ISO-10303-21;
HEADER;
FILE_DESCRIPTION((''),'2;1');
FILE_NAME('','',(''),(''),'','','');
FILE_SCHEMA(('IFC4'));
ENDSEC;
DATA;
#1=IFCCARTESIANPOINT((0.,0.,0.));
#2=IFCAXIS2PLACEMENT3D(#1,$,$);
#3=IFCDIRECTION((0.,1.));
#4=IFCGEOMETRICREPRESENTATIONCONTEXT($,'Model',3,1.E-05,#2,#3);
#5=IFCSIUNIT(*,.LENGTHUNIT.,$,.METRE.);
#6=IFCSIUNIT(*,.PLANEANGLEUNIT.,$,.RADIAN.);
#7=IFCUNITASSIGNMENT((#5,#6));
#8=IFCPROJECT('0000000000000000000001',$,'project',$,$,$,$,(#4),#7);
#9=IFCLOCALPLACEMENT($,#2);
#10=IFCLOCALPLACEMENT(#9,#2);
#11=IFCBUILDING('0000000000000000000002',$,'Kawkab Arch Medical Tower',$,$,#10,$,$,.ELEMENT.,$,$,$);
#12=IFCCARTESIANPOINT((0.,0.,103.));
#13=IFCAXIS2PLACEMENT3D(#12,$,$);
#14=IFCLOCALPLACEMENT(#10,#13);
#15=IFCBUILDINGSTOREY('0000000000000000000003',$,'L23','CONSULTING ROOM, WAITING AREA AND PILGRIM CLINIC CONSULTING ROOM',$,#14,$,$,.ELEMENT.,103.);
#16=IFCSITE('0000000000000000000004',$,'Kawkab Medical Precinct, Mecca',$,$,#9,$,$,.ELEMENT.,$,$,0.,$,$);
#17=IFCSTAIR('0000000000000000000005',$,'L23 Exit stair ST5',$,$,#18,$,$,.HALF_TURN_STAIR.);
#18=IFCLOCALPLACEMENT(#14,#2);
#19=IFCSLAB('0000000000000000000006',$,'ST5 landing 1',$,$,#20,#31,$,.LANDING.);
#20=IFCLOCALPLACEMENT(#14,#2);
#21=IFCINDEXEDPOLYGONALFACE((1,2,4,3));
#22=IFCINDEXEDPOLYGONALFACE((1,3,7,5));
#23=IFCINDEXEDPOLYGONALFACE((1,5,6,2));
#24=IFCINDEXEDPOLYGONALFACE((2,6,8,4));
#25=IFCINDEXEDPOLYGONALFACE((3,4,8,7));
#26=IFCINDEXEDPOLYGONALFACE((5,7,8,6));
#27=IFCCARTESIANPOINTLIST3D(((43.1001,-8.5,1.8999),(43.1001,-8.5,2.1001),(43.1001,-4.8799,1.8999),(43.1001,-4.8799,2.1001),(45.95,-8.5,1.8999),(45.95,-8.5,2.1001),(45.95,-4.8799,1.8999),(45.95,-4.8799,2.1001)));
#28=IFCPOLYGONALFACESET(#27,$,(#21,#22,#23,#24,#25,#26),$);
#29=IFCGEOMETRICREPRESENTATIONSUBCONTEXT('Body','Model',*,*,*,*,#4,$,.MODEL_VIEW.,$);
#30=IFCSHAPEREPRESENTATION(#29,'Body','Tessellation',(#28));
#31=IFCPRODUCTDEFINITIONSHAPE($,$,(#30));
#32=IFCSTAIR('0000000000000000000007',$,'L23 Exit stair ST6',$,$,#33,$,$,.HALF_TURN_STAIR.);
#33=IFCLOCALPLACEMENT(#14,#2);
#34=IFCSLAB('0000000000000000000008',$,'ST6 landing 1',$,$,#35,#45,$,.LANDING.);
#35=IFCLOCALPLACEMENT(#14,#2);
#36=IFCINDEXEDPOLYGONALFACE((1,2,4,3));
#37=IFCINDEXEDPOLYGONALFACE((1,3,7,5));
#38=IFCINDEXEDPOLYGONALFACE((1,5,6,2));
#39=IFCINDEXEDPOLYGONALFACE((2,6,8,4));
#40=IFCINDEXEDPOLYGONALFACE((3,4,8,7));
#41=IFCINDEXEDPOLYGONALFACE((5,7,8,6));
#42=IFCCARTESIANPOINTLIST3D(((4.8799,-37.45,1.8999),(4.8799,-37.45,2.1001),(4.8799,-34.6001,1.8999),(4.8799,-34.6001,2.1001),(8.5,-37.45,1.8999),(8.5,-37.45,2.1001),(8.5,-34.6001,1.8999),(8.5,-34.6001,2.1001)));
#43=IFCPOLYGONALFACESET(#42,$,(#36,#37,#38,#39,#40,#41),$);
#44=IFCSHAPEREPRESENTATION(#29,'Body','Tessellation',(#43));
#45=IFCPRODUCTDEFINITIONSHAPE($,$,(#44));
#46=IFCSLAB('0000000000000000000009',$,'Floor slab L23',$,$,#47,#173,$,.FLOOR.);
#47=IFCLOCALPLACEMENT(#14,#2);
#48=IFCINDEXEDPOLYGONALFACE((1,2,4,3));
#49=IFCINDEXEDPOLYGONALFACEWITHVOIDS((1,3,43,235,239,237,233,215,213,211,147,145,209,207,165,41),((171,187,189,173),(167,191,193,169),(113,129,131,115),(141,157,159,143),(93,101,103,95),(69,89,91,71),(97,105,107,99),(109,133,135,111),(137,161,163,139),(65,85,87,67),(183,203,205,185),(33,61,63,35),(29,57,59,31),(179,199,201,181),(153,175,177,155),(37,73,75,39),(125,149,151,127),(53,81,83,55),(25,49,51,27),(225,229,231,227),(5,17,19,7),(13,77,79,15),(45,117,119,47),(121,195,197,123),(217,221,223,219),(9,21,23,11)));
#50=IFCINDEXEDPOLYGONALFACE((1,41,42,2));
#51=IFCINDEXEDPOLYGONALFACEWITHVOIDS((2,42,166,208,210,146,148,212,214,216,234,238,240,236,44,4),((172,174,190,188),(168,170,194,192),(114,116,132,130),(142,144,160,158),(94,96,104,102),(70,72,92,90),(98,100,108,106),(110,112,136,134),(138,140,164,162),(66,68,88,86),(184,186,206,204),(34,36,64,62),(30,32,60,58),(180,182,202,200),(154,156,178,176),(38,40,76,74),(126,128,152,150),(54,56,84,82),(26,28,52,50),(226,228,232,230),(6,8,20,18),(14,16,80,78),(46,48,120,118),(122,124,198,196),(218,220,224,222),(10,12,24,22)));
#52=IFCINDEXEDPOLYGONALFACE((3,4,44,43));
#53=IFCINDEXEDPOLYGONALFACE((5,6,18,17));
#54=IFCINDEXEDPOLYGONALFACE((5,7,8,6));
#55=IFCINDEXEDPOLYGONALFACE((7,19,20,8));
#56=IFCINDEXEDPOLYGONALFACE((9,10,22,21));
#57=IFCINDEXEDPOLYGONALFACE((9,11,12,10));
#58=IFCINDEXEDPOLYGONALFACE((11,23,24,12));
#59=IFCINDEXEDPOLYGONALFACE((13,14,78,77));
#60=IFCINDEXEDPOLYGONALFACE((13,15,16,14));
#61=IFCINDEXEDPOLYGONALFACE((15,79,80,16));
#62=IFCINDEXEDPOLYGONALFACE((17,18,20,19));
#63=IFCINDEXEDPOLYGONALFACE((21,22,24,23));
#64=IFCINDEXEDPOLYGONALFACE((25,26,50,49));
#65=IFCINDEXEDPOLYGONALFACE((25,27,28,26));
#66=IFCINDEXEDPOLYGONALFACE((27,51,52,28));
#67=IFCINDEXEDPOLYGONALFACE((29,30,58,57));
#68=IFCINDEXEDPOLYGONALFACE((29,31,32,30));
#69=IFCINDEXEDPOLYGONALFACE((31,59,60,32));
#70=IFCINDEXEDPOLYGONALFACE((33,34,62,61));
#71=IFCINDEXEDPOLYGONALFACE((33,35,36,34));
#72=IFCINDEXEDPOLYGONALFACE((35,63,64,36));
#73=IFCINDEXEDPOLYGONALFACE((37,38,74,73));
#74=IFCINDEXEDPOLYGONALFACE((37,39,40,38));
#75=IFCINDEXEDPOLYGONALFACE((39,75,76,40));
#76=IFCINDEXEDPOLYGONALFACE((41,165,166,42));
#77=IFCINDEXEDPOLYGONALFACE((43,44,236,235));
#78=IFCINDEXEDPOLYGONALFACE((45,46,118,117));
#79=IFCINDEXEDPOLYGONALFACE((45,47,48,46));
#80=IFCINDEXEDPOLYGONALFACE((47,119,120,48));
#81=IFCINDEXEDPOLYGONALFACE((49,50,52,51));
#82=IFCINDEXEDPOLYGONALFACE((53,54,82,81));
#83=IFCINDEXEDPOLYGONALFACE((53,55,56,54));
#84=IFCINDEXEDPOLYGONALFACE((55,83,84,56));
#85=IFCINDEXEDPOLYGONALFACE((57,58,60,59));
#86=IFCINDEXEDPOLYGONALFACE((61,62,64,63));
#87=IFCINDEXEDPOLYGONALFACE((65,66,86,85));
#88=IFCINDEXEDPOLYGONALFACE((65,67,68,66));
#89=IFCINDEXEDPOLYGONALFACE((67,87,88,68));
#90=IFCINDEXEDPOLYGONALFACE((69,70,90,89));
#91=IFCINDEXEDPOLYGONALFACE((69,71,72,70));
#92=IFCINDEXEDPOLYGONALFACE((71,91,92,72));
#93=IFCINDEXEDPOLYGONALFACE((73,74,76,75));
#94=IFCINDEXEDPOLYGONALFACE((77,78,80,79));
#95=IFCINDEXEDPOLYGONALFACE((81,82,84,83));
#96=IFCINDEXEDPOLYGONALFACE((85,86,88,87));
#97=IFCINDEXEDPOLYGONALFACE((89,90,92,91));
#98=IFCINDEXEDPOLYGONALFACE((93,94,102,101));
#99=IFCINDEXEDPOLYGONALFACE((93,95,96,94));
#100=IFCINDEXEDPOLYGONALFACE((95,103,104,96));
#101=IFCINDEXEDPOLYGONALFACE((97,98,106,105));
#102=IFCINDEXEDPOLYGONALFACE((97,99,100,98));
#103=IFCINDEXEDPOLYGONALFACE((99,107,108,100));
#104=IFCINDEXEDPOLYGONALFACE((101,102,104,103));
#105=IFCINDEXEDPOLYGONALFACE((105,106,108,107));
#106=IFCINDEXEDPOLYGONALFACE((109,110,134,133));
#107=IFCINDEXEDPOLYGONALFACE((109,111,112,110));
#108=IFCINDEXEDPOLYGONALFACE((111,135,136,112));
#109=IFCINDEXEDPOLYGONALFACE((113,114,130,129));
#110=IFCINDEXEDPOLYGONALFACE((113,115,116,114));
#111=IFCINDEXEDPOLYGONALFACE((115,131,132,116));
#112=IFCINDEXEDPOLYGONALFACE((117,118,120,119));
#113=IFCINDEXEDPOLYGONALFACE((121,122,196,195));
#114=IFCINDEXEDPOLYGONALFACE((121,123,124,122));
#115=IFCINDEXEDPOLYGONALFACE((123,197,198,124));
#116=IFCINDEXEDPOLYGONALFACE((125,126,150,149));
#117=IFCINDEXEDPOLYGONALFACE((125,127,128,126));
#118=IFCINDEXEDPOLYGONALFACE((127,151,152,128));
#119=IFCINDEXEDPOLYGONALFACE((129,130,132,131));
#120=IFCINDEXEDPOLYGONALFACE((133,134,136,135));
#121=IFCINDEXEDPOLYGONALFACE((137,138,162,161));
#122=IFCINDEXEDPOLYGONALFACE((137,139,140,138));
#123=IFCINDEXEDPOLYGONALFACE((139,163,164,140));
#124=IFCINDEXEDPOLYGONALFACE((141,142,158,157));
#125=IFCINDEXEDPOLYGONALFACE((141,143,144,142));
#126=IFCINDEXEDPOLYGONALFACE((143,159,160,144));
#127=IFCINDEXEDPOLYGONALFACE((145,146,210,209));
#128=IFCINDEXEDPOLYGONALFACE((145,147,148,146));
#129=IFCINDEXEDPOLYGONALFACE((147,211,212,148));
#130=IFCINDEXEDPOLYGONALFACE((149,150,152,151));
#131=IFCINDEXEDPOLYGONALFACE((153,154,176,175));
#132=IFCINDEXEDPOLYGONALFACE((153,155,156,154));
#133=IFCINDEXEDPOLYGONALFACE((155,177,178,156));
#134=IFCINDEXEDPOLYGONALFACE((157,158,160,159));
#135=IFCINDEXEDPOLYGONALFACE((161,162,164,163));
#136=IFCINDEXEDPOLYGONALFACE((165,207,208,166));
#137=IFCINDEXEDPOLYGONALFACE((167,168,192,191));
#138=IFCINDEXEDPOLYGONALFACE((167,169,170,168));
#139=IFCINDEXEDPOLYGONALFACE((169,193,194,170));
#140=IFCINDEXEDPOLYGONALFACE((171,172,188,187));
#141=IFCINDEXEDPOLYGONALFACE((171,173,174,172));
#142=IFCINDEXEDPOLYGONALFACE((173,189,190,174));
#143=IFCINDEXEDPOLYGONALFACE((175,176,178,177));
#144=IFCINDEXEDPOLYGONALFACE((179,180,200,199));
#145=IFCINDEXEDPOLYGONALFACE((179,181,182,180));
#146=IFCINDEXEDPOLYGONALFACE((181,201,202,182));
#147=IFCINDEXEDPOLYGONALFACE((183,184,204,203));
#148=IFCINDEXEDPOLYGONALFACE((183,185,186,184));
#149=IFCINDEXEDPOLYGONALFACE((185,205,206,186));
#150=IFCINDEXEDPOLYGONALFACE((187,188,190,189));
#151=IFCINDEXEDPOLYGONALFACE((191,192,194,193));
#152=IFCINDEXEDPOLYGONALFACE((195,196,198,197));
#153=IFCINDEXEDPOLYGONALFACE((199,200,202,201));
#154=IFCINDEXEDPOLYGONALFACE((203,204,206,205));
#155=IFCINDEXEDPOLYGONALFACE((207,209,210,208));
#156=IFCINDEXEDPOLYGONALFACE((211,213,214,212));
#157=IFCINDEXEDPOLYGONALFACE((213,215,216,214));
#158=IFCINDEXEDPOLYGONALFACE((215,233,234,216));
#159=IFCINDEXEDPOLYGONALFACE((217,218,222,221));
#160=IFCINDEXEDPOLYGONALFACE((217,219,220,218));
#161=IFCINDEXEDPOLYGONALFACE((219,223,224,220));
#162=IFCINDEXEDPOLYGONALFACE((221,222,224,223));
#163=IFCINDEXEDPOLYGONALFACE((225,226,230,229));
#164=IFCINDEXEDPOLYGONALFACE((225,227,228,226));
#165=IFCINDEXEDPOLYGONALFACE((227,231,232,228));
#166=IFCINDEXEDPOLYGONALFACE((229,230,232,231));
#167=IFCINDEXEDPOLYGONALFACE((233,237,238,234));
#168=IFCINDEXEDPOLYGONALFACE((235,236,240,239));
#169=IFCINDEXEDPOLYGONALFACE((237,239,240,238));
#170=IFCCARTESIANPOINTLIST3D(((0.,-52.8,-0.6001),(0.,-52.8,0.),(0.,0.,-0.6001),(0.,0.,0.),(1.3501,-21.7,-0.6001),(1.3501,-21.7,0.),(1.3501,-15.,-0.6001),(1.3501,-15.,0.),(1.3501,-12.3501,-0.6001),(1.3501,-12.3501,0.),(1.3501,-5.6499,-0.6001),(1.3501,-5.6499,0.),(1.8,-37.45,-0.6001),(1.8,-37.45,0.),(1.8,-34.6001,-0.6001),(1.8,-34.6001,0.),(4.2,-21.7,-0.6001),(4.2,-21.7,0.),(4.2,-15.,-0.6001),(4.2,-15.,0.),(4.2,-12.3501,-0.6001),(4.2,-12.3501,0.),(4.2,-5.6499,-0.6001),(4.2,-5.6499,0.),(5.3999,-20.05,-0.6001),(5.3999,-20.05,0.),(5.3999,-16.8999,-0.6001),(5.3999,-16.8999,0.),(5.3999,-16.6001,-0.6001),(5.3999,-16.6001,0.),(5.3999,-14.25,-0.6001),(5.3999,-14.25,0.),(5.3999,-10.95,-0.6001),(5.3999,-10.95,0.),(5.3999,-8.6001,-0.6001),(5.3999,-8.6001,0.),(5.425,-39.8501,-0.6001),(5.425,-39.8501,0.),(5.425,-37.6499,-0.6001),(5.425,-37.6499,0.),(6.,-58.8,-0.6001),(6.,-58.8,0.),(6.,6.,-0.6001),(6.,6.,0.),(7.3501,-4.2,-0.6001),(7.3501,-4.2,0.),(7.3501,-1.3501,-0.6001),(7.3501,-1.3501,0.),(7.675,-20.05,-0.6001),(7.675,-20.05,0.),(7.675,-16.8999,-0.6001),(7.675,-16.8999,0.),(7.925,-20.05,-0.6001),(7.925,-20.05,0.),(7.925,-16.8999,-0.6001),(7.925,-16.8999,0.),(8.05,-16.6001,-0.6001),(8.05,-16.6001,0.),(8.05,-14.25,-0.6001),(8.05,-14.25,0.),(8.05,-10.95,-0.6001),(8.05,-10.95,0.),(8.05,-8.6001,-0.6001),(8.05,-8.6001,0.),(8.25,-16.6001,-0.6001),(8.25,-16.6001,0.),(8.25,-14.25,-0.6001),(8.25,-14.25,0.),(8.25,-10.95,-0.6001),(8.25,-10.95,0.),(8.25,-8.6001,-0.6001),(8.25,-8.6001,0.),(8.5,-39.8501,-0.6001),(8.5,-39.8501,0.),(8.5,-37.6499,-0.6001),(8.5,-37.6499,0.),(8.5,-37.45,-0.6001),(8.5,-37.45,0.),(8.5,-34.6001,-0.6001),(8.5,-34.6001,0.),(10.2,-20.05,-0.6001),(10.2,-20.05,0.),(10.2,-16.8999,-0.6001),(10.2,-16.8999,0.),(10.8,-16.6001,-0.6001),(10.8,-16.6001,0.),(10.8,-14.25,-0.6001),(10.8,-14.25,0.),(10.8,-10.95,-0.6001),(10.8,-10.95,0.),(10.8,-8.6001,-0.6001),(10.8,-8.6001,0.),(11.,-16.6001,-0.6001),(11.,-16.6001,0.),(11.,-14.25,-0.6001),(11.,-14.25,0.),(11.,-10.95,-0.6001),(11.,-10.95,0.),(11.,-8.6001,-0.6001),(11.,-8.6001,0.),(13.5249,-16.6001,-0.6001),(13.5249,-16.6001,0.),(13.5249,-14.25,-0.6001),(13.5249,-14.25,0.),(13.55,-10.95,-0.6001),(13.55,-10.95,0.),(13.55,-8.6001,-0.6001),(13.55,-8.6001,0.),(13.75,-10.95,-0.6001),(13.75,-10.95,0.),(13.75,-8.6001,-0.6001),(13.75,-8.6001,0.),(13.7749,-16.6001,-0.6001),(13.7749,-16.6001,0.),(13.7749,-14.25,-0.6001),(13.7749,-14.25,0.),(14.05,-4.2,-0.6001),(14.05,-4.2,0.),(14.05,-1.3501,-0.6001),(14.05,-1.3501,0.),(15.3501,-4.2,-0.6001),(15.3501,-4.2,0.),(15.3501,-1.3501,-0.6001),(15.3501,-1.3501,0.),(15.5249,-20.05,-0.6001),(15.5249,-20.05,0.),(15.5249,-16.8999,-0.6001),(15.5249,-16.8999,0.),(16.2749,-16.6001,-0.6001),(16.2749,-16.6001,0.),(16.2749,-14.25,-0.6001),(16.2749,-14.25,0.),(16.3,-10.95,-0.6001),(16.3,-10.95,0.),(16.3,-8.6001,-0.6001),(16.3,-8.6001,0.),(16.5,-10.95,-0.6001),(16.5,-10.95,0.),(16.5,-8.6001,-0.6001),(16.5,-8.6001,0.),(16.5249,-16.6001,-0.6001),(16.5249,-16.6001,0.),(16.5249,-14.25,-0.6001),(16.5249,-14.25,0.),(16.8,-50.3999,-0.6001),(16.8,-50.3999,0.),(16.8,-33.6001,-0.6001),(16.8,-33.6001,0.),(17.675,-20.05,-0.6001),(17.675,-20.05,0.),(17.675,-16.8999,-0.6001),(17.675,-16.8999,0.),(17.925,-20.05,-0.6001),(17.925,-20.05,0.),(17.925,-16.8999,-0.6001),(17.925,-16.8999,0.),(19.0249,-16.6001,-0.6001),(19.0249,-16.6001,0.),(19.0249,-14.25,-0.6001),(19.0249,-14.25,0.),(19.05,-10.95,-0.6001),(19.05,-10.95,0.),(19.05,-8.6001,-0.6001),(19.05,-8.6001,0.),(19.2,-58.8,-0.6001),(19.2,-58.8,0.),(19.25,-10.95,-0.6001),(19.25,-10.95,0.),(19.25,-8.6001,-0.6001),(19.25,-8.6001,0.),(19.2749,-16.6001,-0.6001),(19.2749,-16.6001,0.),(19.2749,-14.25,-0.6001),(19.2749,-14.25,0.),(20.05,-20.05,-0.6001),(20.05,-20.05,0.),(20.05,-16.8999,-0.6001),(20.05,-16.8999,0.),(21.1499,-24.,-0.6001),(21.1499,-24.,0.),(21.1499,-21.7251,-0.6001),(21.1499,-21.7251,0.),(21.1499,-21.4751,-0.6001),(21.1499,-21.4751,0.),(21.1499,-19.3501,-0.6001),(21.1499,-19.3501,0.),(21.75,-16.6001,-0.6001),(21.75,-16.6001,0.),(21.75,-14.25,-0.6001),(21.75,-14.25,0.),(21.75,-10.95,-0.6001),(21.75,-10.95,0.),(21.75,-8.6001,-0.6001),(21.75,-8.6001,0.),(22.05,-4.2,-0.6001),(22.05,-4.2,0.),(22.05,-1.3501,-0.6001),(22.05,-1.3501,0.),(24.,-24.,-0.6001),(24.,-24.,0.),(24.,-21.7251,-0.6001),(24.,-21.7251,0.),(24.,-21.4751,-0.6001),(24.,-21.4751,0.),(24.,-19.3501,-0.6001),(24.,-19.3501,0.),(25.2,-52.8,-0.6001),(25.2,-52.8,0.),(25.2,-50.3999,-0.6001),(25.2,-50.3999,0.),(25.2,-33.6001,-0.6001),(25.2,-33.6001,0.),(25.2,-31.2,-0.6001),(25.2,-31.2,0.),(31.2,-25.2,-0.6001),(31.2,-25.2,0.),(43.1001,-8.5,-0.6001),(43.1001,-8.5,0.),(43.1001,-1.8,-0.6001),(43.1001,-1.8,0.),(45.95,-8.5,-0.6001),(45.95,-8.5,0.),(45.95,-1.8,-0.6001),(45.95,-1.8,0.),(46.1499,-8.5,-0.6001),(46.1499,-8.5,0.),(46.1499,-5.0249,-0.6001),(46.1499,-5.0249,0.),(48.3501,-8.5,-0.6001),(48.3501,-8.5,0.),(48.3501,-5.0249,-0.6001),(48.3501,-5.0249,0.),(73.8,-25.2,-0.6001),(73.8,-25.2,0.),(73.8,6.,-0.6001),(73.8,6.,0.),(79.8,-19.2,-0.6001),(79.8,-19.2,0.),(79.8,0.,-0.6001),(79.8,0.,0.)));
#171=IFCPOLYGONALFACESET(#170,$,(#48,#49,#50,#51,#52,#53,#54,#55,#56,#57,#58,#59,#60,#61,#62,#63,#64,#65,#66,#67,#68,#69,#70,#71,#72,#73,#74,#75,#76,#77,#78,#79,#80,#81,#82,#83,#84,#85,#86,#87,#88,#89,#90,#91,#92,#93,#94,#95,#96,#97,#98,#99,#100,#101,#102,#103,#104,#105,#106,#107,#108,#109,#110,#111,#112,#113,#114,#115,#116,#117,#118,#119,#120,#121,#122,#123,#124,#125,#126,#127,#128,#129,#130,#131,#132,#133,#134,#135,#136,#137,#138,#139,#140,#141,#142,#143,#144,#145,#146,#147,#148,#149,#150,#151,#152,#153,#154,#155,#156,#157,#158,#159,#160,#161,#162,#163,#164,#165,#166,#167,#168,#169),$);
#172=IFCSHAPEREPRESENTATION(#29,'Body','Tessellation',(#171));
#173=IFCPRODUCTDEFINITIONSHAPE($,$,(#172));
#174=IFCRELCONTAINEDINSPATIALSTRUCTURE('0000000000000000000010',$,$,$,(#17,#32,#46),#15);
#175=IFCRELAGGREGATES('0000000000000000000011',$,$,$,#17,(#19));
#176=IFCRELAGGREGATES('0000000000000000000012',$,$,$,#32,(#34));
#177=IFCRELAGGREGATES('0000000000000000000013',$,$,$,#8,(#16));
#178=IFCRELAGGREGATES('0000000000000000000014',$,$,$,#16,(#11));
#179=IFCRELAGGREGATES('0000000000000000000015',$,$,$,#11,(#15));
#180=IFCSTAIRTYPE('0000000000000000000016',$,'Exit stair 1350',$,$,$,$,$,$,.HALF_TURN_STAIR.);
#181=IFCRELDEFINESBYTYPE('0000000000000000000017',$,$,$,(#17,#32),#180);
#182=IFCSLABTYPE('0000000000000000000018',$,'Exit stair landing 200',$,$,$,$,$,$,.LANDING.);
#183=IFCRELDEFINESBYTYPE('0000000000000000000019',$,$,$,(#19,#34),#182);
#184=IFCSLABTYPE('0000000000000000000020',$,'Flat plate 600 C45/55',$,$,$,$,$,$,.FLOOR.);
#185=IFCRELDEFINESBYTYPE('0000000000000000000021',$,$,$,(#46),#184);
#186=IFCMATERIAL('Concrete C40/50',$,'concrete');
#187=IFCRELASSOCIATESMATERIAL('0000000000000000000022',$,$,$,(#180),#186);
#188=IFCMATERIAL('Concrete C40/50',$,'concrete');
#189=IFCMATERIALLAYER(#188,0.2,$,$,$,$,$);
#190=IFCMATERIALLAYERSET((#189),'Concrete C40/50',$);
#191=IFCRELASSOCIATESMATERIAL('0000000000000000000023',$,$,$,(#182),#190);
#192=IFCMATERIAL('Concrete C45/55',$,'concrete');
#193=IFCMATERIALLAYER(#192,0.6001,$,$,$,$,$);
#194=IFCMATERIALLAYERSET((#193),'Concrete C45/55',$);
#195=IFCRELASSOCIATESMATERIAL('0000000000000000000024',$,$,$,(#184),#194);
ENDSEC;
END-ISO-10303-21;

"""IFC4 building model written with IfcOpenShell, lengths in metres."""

from ifc_helpers import new_model, si_unit, direction, frame, origin, place, context, subcontext, project, spatial, polyline, outline, extrude, material, layer, layer_set, type_object, element, aggregate, save


model = new_model("IFC4")

# Units and contexts
model_context = context("Model", 3, precision=1e-05, world=origin(), true_north=direction((0.0, 1.0)))
body_context = subcontext(model_context, "Body", "Model", "MODEL_VIEW")
ifc_project = project(units=[si_unit("LENGTHUNIT", "METRE"), si_unit("PLANEANGLEUNIT", "RADIAN")], contexts=[model_context])

# Site, building, storey
site_placement = place(None, origin())
site = spatial("IfcSite", under=ifc_project, at=site_placement, Name="Kawkab Medical Precinct, Mecca", CompositionType="ELEMENT", RefElevation=0.0)
building_placement = place(site_placement, origin())
building = spatial("IfcBuilding", under=site, at=building_placement, Name="Kawkab Arch Medical Tower", CompositionType="ELEMENT")
storey_placement = place(building_placement, frame((0.0, 0.0, 103.0)))
storey = spatial("IfcBuildingStorey", under=building, at=storey_placement, Name="L23", Description="CONSULTING ROOM, WAITING AREA AND PILGRIM CLINIC CONSULTING ROOM", CompositionType="ELEMENT", Elevation=103.0)

# Shared definitions
placement_1 = place(storey_placement, origin())

# Stairs, slabs
ifc_material_1 = material(Name="Concrete C40/50", Category="concrete")
stair_type = type_object("IfcStairType", Name="Exit stair 1350", PredefinedType="HALF_TURN_STAIR", material=ifc_material_1)
ifc_material_2 = material(Name="Concrete C40/50", Category="concrete")
ifc_layer_1 = layer(ifc_material_2, 0.2)
ifc_layer_set_1 = layer_set([ifc_layer_1], Name="Concrete C40/50")
slab_type_1 = type_object("IfcSlabType", Name="Exit stair landing 200", PredefinedType="LANDING", material=ifc_layer_set_1)
placement_2 = place(storey_placement, frame((0.0, 0.0, 1.8999)))
stair_1 = element("IfcStair", 1, at=placement_1, inside=storey, type_object=stair_type, Name="L23 Exit stair ST5", PredefinedType="HALF_TURN_STAIR")
slab_1 = element("IfcSlab", 2, at=placement_2, type_object=slab_type_1, Name="ST5 landing 1", PredefinedType="LANDING", context=body_context, shape_type="SweptSolid", body=[
    extrude(outline(polyline([(43.1001, -4.8799), (43.1001, -8.5), (45.95, -8.5), (45.95, -4.8799), (43.1001, -4.8799)])), origin(), (0.0, 0.0, 1.0), 0.2002),
])
aggregate(stair_1, [slab_1])
stair_2 = element("IfcStair", 3, at=placement_1, inside=storey, type_object=stair_type, Name="L23 Exit stair ST6", PredefinedType="HALF_TURN_STAIR")
slab_2 = element("IfcSlab", 4, at=placement_2, type_object=slab_type_1, Name="ST6 landing 1", PredefinedType="LANDING", context=body_context, shape_type="SweptSolid", body=[
    extrude(outline(polyline([(4.8799, -37.45), (8.5, -37.45), (8.5, -34.6001), (4.8799, -34.6001), (4.8799, -37.45)])), origin(), (0.0, 0.0, 1.0), 0.2002),
])
aggregate(stair_2, [slab_2])

# Slab
ifc_material_3 = material(Name="Concrete C45/55", Category="concrete")
ifc_layer_2 = layer(ifc_material_3, 0.6001)
ifc_layer_set_2 = layer_set([ifc_layer_2], Name="Concrete C45/55")
slab_type_2 = type_object("IfcSlabType", Name="Flat plate 600 C45/55", PredefinedType="FLOOR", material=ifc_layer_set_2)
slab_3_placement = place(storey_placement, frame((0.0, 0.0, -0.6001)))
element("IfcSlab", 5, at=slab_3_placement, inside=storey, type_object=slab_type_2, Name="Floor slab L23", PredefinedType="FLOOR", context=body_context, shape_type="SweptSolid", body=[
    extrude(outline(polyline([(19.2, -58.8), (6.0, -58.8), (0.0, -52.8), (0.0, 0.0), (6.0, 6.0), (73.8, 6.0), (79.8, 0.0), (79.8, -19.2), (73.8, -25.2), (31.2, -25.2), (25.2, -31.2), (25.2, -33.6001), (16.8, -33.6001), (16.8, -50.3999), (25.2, -50.3999), (25.2, -52.8), (19.2, -58.8)]), holes=[polyline([(5.425, -37.6499), (5.425, -39.8501), (8.5, -39.8501), (8.5, -37.6499), (5.425, -37.6499)]), polyline([(1.8, -37.45), (8.5, -37.45), (8.5, -34.6001), (1.8, -34.6001), (1.8, -37.45)]), polyline([(5.3999, -16.8999), (5.3999, -20.05), (7.675, -20.05), (7.675, -16.8999), (5.3999, -16.8999)]), polyline([(10.2, -16.8999), (7.925, -16.8999), (7.925, -20.05), (10.2, -20.05), (10.2, -16.8999)]), polyline([(4.2, -21.7), (4.2, -15.0), (1.3501, -15.0), (1.3501, -21.7), (4.2, -21.7)]), polyline([(5.3999, -14.25), (5.3999, -16.6001), (8.05, -16.6001), (8.05, -14.25), (5.3999, -14.25)]), polyline([(8.25, -16.6001), (10.8, -16.6001), (10.8, -14.25), (8.25, -14.25), (8.25, -16.6001)]), polyline([(13.5249, -16.6001), (13.5249, -14.25), (11.0, -14.25), (11.0, -16.6001), (13.5249, -16.6001)]), polyline([(5.3999, -8.6001), (5.3999, -10.95), (8.05, -10.95), (8.05, -8.6001), (5.3999, -8.6001)]), polyline([(8.25, -10.95), (10.8, -10.95), (10.8, -8.6001), (8.25, -8.6001), (8.25, -10.95)]), polyline([(13.55, -8.6001), (11.0, -8.6001), (11.0, -10.95), (13.55, -10.95), (13.55, -8.6001)]), polyline([(4.2, -12.3501), (4.2, -5.6499), (1.3501, -5.6499), (1.3501, -12.3501), (4.2, -12.3501)]), polyline([(7.3501, -4.2), (14.05, -4.2), (14.05, -1.3501), (7.3501, -1.3501), (7.3501, -4.2)]), polyline([(24.0, -21.7251), (21.1499, -21.7251), (21.1499, -24.0), (24.0, -24.0), (24.0, -21.7251)]), polyline([(24.0, -21.4751), (24.0, -19.3501), (21.1499, -19.3501), (21.1499, -21.4751), (24.0, -21.4751)]), polyline([(17.675, -20.05), (17.675, -16.8999), (15.5249, -16.8999), (15.5249, -20.05), (17.675, -20.05)]), polyline([(20.05, -16.8999), (17.925, -16.8999), (17.925, -20.05), (20.05, -20.05), (20.05, -16.8999)]), polyline([(13.7749, -16.6001), (16.2749, -16.6001), (16.2749, -14.25), (13.7749, -14.25), (13.7749, -16.6001)]), polyline([(16.5249, -16.6001), (19.0249, -16.6001), (19.0249, -14.25), (16.5249, -14.25), (16.5249, -16.6001)]), polyline([(21.75, -14.25), (19.2749, -14.25), (19.2749, -16.6001), (21.75, -16.6001), (21.75, -14.25)]), polyline([(16.3, -10.95), (16.3, -8.6001), (13.75, -8.6001), (13.75, -10.95), (16.3, -10.95)]), polyline([(19.05, -10.95), (19.05, -8.6001), (16.5, -8.6001), (16.5, -10.95), (19.05, -10.95)]), polyline([(21.75, -8.6001), (19.25, -8.6001), (19.25, -10.95), (21.75, -10.95), (21.75, -8.6001)]), polyline([(46.1499, -5.0249), (46.1499, -8.5), (48.3501, -8.5), (48.3501, -5.0249), (46.1499, -5.0249)]), polyline([(43.1001, -1.8), (43.1001, -8.5), (45.95, -8.5), (45.95, -1.8), (43.1001, -1.8)]), polyline([(22.05, -1.3501), (15.3501, -1.3501), (15.3501, -4.2), (22.05, -4.2), (22.05, -1.3501)])]), origin(), (0.0, 0.0, 1.0), 0.6001),
])

save(model, "model.ifc")
